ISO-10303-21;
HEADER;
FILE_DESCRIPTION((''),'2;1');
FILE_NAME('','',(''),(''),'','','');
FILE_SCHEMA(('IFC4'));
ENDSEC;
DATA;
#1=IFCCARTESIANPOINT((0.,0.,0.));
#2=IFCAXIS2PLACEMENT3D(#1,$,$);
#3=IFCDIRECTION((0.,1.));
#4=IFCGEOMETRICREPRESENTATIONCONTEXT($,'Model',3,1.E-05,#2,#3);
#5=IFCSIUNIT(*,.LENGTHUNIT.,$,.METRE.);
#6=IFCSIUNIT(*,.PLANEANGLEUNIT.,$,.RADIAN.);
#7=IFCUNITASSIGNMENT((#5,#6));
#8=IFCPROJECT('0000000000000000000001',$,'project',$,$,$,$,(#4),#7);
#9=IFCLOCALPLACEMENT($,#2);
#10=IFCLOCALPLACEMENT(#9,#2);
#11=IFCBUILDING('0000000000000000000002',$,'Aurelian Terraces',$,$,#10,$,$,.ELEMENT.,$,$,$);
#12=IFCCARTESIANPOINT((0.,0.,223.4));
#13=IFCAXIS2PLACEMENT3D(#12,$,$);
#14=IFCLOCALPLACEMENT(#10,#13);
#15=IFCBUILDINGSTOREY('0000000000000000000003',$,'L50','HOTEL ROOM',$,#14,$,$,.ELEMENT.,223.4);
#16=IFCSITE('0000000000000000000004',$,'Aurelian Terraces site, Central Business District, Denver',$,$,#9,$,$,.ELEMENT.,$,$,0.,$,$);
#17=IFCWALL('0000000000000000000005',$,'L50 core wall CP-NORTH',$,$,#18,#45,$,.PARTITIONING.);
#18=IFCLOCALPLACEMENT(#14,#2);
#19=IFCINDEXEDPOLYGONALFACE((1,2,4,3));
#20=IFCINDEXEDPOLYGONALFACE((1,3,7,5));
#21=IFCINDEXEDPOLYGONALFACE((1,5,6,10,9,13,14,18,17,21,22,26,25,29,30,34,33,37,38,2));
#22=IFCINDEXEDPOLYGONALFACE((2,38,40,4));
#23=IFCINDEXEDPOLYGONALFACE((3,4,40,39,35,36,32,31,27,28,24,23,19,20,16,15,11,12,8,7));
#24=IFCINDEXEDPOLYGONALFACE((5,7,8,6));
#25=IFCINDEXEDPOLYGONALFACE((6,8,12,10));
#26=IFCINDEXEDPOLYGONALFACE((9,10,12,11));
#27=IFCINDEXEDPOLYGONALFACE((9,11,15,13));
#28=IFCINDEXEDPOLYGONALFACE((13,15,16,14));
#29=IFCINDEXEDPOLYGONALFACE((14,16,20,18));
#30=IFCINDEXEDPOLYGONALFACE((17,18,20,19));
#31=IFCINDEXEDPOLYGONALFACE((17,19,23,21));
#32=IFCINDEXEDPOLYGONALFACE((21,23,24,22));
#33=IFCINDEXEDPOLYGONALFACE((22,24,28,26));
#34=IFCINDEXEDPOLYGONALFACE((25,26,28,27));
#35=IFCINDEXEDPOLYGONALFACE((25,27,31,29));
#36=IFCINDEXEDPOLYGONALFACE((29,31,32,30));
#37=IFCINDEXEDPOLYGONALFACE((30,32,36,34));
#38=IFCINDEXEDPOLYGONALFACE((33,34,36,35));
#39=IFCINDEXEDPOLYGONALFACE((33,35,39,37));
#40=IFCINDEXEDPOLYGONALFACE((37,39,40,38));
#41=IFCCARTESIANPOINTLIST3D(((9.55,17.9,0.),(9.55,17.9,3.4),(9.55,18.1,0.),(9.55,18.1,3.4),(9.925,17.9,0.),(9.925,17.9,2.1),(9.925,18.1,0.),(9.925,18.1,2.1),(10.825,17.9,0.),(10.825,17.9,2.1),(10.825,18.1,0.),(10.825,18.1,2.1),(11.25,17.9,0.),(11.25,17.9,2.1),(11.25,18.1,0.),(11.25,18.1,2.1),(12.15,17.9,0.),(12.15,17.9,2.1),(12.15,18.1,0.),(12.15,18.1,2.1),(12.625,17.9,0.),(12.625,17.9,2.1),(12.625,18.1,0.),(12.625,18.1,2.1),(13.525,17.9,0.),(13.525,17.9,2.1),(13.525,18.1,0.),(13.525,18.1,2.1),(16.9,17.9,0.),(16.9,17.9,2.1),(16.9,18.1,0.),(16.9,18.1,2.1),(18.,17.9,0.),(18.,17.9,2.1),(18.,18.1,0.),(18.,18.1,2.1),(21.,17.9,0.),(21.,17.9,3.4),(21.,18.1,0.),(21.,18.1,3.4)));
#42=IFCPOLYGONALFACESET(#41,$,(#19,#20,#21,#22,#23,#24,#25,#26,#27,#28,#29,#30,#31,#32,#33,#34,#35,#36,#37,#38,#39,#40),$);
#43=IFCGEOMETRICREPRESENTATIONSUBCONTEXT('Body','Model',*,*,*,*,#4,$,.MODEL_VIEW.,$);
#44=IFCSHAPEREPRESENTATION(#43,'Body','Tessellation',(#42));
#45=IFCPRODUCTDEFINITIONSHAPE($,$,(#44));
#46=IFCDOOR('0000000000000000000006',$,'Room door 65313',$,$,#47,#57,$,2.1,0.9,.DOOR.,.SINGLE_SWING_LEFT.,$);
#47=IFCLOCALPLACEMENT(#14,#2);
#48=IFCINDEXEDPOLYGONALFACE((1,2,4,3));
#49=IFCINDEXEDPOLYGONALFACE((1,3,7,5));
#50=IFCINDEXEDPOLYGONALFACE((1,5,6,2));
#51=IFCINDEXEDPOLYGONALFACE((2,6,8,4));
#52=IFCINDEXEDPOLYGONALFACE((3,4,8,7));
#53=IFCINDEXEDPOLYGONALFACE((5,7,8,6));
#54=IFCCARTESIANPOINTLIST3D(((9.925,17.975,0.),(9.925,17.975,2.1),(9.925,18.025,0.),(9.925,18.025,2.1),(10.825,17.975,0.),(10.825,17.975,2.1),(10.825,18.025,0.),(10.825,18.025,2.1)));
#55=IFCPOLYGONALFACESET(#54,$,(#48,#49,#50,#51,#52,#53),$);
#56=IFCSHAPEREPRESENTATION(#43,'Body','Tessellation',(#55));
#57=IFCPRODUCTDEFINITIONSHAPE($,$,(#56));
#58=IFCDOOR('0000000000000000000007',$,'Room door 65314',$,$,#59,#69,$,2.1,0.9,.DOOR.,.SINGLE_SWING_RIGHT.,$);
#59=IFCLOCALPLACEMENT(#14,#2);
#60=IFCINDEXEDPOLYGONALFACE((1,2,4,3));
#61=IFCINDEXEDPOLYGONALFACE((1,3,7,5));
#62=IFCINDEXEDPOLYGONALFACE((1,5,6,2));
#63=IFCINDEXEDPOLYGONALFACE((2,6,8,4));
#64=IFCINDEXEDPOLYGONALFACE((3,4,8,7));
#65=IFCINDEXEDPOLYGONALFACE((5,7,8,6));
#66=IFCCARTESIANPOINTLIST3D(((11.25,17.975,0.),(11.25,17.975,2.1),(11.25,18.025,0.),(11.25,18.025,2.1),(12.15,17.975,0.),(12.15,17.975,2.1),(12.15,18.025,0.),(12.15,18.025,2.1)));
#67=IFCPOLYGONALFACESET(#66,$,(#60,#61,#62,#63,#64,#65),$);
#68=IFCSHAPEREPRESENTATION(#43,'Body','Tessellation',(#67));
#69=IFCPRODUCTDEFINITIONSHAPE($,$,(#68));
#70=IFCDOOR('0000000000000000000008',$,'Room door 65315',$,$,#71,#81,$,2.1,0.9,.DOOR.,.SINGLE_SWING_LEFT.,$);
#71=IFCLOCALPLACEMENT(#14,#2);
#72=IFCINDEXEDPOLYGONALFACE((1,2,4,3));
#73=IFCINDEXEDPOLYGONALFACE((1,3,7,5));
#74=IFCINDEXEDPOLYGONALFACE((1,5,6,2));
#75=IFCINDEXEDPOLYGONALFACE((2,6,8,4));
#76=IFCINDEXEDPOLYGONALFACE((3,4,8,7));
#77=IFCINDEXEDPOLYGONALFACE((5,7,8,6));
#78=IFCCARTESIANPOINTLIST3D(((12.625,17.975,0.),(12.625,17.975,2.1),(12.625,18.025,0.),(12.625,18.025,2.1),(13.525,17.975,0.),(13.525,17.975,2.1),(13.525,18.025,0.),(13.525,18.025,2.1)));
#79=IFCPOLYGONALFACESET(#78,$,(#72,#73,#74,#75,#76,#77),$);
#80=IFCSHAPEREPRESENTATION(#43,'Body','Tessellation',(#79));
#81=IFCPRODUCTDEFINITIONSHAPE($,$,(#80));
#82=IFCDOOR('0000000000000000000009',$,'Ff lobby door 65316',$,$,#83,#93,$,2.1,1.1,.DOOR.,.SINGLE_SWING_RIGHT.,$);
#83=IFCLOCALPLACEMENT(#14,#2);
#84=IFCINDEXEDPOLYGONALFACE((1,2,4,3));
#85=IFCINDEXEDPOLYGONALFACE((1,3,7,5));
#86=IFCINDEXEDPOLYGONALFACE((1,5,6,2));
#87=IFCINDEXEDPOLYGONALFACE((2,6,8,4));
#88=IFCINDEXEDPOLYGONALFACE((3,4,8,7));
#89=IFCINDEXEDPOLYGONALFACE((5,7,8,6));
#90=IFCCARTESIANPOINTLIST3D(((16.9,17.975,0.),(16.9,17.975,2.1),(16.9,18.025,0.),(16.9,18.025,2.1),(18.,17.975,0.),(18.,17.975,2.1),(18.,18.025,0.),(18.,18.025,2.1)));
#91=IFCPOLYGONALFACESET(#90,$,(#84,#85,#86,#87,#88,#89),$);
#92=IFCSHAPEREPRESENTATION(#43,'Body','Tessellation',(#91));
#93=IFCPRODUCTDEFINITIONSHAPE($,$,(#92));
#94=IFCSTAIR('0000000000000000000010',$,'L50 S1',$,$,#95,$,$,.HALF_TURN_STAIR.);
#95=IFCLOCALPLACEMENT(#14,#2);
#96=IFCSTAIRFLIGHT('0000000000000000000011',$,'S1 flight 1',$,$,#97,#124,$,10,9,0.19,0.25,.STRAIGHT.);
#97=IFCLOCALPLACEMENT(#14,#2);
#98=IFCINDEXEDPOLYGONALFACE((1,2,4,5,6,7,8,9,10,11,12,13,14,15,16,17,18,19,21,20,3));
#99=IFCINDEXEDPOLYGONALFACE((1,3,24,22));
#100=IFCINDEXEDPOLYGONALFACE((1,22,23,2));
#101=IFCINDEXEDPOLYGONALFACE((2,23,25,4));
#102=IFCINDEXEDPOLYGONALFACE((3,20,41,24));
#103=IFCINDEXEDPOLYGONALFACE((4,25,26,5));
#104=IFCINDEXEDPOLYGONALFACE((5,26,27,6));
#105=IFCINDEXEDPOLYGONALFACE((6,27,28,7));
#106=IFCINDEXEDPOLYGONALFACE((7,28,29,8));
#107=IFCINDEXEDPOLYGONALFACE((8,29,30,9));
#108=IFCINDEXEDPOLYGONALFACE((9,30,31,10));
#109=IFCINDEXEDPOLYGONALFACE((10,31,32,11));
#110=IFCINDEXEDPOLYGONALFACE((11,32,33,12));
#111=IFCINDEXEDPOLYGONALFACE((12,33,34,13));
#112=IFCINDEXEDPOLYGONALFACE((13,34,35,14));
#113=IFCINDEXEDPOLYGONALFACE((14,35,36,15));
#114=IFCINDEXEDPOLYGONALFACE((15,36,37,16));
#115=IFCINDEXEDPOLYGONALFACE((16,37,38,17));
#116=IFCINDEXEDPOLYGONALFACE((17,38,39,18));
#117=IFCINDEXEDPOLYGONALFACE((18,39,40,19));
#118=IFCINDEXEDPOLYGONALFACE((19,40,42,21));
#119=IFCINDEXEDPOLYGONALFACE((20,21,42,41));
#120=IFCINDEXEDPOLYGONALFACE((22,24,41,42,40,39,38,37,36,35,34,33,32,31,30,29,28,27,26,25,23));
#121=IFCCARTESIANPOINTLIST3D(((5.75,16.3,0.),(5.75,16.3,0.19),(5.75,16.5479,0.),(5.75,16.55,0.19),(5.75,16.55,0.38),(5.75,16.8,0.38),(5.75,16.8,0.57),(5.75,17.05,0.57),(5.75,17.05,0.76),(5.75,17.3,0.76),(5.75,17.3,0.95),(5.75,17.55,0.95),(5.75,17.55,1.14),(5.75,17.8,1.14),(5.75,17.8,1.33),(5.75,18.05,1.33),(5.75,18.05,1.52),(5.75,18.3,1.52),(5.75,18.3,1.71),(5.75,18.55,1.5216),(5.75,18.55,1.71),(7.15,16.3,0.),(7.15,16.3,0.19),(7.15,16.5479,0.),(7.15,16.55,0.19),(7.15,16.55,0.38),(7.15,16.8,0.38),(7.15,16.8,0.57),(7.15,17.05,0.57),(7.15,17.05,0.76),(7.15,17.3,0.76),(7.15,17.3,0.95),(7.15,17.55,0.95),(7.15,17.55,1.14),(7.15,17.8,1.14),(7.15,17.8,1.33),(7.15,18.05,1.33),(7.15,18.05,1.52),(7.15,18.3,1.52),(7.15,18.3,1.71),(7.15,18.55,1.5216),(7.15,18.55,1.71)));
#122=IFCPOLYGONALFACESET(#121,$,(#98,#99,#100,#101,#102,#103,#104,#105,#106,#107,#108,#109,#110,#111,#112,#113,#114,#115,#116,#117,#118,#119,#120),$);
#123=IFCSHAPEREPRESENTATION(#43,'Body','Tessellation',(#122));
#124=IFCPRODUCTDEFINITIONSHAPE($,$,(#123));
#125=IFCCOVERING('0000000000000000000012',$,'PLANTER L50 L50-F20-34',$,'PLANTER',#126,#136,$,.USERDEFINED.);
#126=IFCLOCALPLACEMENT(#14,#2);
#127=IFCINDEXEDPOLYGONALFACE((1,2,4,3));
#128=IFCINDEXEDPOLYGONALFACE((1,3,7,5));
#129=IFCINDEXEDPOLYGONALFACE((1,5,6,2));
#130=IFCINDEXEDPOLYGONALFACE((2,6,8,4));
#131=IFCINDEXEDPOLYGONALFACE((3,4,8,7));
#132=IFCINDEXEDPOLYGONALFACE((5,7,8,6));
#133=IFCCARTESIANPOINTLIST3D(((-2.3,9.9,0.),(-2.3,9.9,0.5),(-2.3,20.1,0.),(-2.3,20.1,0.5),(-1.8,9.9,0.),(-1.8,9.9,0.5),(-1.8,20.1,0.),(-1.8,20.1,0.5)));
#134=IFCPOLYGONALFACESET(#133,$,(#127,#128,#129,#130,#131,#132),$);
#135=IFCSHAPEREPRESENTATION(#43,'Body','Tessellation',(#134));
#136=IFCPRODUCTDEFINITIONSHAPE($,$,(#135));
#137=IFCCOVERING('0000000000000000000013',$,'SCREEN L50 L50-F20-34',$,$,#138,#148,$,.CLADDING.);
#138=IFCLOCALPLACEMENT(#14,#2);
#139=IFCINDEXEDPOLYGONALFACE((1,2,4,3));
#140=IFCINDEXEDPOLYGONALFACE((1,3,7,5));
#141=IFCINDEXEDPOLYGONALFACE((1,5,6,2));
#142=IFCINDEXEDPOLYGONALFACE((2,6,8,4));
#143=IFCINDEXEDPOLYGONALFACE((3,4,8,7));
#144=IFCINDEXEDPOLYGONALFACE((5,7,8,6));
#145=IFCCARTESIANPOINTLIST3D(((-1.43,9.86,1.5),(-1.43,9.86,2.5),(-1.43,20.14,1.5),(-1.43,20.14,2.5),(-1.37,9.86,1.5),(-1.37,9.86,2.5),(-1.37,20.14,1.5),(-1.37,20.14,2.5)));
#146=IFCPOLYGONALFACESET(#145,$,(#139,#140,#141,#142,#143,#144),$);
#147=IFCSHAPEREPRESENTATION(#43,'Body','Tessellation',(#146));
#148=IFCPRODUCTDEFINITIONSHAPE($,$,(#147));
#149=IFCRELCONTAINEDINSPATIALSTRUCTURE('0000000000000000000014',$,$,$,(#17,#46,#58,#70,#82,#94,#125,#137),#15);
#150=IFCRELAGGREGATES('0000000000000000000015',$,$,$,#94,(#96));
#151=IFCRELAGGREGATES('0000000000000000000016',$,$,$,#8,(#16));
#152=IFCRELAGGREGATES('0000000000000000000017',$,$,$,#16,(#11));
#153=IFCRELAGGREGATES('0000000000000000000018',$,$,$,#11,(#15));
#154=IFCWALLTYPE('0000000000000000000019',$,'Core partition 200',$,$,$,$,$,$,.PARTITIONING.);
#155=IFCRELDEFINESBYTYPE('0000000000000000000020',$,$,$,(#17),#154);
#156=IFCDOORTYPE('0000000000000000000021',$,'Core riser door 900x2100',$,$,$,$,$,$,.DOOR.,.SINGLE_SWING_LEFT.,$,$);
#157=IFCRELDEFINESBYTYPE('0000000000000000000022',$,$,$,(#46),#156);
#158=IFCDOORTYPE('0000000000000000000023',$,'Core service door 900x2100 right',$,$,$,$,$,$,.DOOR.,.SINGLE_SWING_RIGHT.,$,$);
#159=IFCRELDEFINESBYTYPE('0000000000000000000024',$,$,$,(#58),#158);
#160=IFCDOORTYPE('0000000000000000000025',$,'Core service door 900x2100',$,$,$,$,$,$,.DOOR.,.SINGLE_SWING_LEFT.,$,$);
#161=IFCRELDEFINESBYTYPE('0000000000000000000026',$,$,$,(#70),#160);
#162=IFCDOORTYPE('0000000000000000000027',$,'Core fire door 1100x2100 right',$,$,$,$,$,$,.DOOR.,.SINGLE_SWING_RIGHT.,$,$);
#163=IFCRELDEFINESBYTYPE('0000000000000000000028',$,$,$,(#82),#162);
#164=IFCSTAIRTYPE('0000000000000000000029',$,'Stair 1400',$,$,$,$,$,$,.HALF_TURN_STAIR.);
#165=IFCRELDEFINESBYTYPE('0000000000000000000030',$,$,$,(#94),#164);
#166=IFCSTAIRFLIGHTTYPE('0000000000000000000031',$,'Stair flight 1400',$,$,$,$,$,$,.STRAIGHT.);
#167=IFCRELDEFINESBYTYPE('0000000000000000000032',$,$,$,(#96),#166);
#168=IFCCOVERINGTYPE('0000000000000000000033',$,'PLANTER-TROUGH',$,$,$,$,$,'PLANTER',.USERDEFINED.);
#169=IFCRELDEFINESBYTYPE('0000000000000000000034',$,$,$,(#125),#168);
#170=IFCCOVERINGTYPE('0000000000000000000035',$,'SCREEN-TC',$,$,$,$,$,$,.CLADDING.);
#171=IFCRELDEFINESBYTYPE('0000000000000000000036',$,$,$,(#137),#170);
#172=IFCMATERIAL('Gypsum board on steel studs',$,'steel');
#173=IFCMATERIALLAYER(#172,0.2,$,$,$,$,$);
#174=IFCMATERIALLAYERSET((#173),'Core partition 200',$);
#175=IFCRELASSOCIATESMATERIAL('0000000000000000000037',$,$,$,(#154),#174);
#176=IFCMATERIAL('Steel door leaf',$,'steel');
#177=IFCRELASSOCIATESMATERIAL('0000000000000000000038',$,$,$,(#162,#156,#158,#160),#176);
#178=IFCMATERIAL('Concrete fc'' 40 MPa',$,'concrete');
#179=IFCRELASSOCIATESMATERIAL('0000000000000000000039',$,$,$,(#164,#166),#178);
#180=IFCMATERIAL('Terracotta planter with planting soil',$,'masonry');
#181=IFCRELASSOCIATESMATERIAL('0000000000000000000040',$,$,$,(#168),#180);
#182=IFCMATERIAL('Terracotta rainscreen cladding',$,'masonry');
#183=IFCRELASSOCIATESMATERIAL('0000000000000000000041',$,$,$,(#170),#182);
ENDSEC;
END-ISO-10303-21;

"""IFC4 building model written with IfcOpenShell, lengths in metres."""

from ifc_helpers import new_model, si_unit, direction, frame, frame_2d, origin, origin_2d, place, context, subcontext, project, spatial, polyline, rectangle, outline, extrude, source, transform, mapped, material, layer, layer_set, type_object, element, fill, aggregate, save


model = new_model("IFC4")

# Units and contexts
model_context = context("Model", 3, precision=1e-05, world=origin(), true_north=direction((0.0, 1.0)))
body_context = subcontext(model_context, "Body", "Model", "MODEL_VIEW")
ifc_project = project(units=[si_unit("LENGTHUNIT", "METRE"), si_unit("PLANEANGLEUNIT", "RADIAN")], contexts=[model_context])

# Site, building, storey
site_placement = place(None, origin())
site = spatial("IfcSite", under=ifc_project, at=site_placement, Name="Aurelian Terraces site, Central Business District, Denver", CompositionType="ELEMENT", RefElevation=0.0)
building_placement = place(site_placement, origin())
building = spatial("IfcBuilding", under=site, at=building_placement, Name="Aurelian Terraces", CompositionType="ELEMENT")
storey_placement = place(building_placement, frame((0.0, 0.0, 223.4)))
storey = spatial("IfcBuildingStorey", under=building, at=storey_placement, Name="L50", Description="HOTEL ROOM", CompositionType="ELEMENT", Elevation=223.4)

# Shared definitions
ifc_material_1 = material(Name="Concrete fc' 40 MPa", Category="concrete")
shared_shape_1 = source(origin(), body_context, "Body", "SweptSolid", [
    extrude(rectangle(XDim=1.1, YDim=2.1, at=frame_2d((0.55, 1.05))), frame((0.0, 0.11, 0.0), z_axis=(0.0, -1.0, 0.0), x_axis=(1.0, 0.0, 0.0)), (0.0, 0.0, 1.0), 0.22),
])
shared_shape_2 = source(origin(), body_context, "Body", "SweptSolid", [
    extrude(rectangle(XDim=1.1, YDim=2.1, at=frame_2d((0.55, 1.05))), frame((0.0, 0.025, 0.0), z_axis=(0.0, -1.0, 0.0), x_axis=(1.0, 0.0, 0.0)), (0.0, 0.0, 1.0), 0.05),
])

# Shared definitions
ifc_material_2 = material(Name="Gypsum board on steel studs", Category="steel")
ifc_layer_1 = layer(ifc_material_2, 0.2)
ifc_layer_set_1 = layer_set([ifc_layer_1], Name="Core partition 200")
wall_type_1 = type_object("IfcWallType", Name="Core partition 200", PredefinedType="PARTITIONING", material=ifc_layer_set_1)

# Shared definitions
ifc_material_3 = material(Name="Steel door leaf", Category="steel")
door_type_1 = type_object("IfcDoorType", Name="Core fire door 1100x2100 right", OperationType="SINGLE_SWING_RIGHT", PredefinedType="DOOR", material=ifc_material_3)

# Wall, openings, doors
shared_shape_3 = source(origin(), body_context, "Body", "SweptSolid", [
    extrude(rectangle(XDim=11.45, YDim=0.2, at=frame_2d((5.725, 0.0))), origin(), (0.0, 0.0, 1.0), 3.4),
])
wall_1_placement = place(storey_placement, frame((9.55, 18.0, 0.0), z_axis=(0.0, 0.0, 1.0), x_axis=(1.0, 0.0, 0.0)))
wall_1 = element("IfcWall", 1, at=wall_1_placement, inside=storey, type_object=wall_type_1, Name="L50 core wall CP-NORTH", PredefinedType="PARTITIONING", context=body_context, shape_type="MappedRepresentation", body=[
    mapped(shared_shape_3, transform((0.0, 0.0, 0.0), scale=1.0)),
])
shared_shape_4 = source(origin(), body_context, "Body", "SweptSolid", [
    extrude(rectangle(XDim=0.9, YDim=2.1, at=frame_2d((0.45, 1.05))), frame((0.0, 0.11, 0.0), z_axis=(0.0, -1.0, 0.0), x_axis=(1.0, 0.0, 0.0)), (0.0, 0.0, 1.0), 0.22),
])
opening_1_placement = place(wall_1_placement, frame((0.375, 0.0, 0.0)))
opening_1 = element("IfcOpeningElement", 2, at=opening_1_placement, cuts=wall_1, PredefinedType="OPENING", context=body_context, shape_type="MappedRepresentation", body=[
    mapped(shared_shape_4, transform((0.0, 0.0, 0.0), scale=1.0)),
])
opening_2_placement = place(wall_1_placement, frame((1.7, 0.0, 0.0)))
opening_2 = element("IfcOpeningElement", 3, at=opening_2_placement, cuts=wall_1, PredefinedType="OPENING", context=body_context, shape_type="MappedRepresentation", body=[
    mapped(shared_shape_4, transform((0.0, 0.0, 0.0), scale=1.0)),
])
opening_3_placement = place(wall_1_placement, frame((3.075, 0.0, 0.0)))
opening_3 = element("IfcOpeningElement", 4, at=opening_3_placement, cuts=wall_1, PredefinedType="OPENING", context=body_context, shape_type="MappedRepresentation", body=[
    mapped(shared_shape_4, transform((0.0, 0.0, 0.0), scale=1.0)),
])
opening_4_placement = place(wall_1_placement, frame((7.35, 0.0, 0.0)))
opening_4 = element("IfcOpeningElement", 5, at=opening_4_placement, cuts=wall_1, PredefinedType="OPENING", context=body_context, shape_type="MappedRepresentation", body=[
    mapped(shared_shape_1, transform((0.0, 0.0, 0.0), scale=1.0)),
])
door_type_2 = type_object("IfcDoorType", Name="Core riser door 900x2100", OperationType="SINGLE_SWING_LEFT", PredefinedType="DOOR", material=ifc_material_3)
shared_shape_5 = source(origin(), body_context, "Body", "SweptSolid", [
    extrude(rectangle(XDim=0.9, YDim=2.1, at=frame_2d((0.45, 1.05))), frame((0.0, 0.025, 0.0), z_axis=(0.0, -1.0, 0.0), x_axis=(1.0, 0.0, 0.0)), (0.0, 0.0, 1.0), 0.05),
])
door_1_placement = place(opening_1_placement, origin())
door_1 = element("IfcDoor", 6, at=door_1_placement, inside=storey, type_object=door_type_2, Name="Room door 65313", OperationType="SINGLE_SWING_LEFT", OverallHeight=2.1, OverallWidth=0.9, PredefinedType="DOOR", context=body_context, shape_type="MappedRepresentation", body=[
    mapped(shared_shape_5, transform((0.0, 0.0, 0.0), scale=1.0)),
])
fill(opening_1, door_1)
door_type_3 = type_object("IfcDoorType", Name="Core service door 900x2100 right", OperationType="SINGLE_SWING_RIGHT", PredefinedType="DOOR", material=ifc_material_3)
door_2_placement = place(opening_2_placement, origin())
door_2 = element("IfcDoor", 7, at=door_2_placement, inside=storey, type_object=door_type_3, Name="Room door 65314", OperationType="SINGLE_SWING_RIGHT", OverallHeight=2.1, OverallWidth=0.9, PredefinedType="DOOR", context=body_context, shape_type="MappedRepresentation", body=[
    mapped(shared_shape_5, transform((0.0, 0.0, 0.0), scale=1.0)),
])
fill(opening_2, door_2)
door_type_4 = type_object("IfcDoorType", Name="Core service door 900x2100", OperationType="SINGLE_SWING_LEFT", PredefinedType="DOOR", material=ifc_material_3)
door_3_placement = place(opening_3_placement, origin())
door_3 = element("IfcDoor", 8, at=door_3_placement, inside=storey, type_object=door_type_4, Name="Room door 65315", OperationType="SINGLE_SWING_LEFT", OverallHeight=2.1, OverallWidth=0.9, PredefinedType="DOOR", context=body_context, shape_type="MappedRepresentation", body=[
    mapped(shared_shape_5, transform((0.0, 0.0, 0.0), scale=1.0)),
])
fill(opening_3, door_3)
door_4_placement = place(opening_4_placement, origin())
door_4 = element("IfcDoor", 9, at=door_4_placement, inside=storey, type_object=door_type_1, Name="Ff lobby door 65316", OperationType="SINGLE_SWING_RIGHT", OverallHeight=2.1, OverallWidth=1.1, PredefinedType="DOOR", context=body_context, shape_type="MappedRepresentation", body=[
    mapped(shared_shape_2, transform((0.0, 0.0, 0.0), scale=1.0)),
])
fill(opening_4, door_4)

# Stair, stair flight
stair_type = type_object("IfcStairType", Name="Stair 1400", PredefinedType="HALF_TURN_STAIR", material=ifc_material_1)
stair_placement = place(storey_placement, origin())
stair = element("IfcStair", 10, at=stair_placement, inside=storey, type_object=stair_type, Name="L50 S1", PredefinedType="HALF_TURN_STAIR")
stair_flight_type = type_object("IfcStairFlightType", Name="Stair flight 1400", PredefinedType="STRAIGHT", material=ifc_material_1)
shared_shape_6 = source(origin(), body_context, "Body", "SweptSolid", [
    extrude(outline(polyline([(0.0, 0.0), (0.0, 0.19), (0.25, 0.19), (0.25, 0.38), (0.5, 0.38), (0.5, 0.57), (0.75, 0.57), (0.75, 0.76), (1.0, 0.76), (1.0, 0.95), (1.25, 0.95), (1.25, 1.14), (1.5, 1.14), (1.5, 1.33), (1.75, 1.33), (1.75, 1.52), (2.0, 1.52), (2.0, 1.71), (2.25, 1.71), (2.25, 1.9), (2.25, 1.5216), (0.2479, 0.0), (0.0, 0.0)])), frame((0.0, 0.7, 0.0), z_axis=(0.0, -1.0, 0.0), x_axis=(1.0, 0.0, 0.0)), (0.0, 0.0, 1.0), 1.4),
])
stair_flight_placement = place(storey_placement, frame((6.45, 16.3, 0.0), z_axis=(0.0, 0.0, 1.0), x_axis=(0.0, 1.0, 0.0)))
stair_flight = element("IfcStairFlight", 11, at=stair_flight_placement, type_object=stair_flight_type, Name="S1 flight 1", NumberOfRisers=10, NumberOfTreads=9, PredefinedType="STRAIGHT", RiserHeight=0.19, TreadLength=0.25, context=body_context, shape_type="MappedRepresentation", body=[
    mapped(shared_shape_6, transform((0.0, 0.0, 0.0), scale=1.0)),
])
aggregate(stair, [stair_flight])

# Coverings
ifc_material_4 = material(Name="Terracotta planter with planting soil", Category="masonry")
covering_type_1 = type_object("IfcCoveringType", Name="PLANTER-TROUGH", ElementType="PLANTER", PredefinedType="USERDEFINED", material=ifc_material_4)
shared_shape_7 = source(origin(), body_context, "Body", "SweptSolid", [
    extrude(rectangle(XDim=0.5, YDim=10.2, at=origin_2d()), origin(), (0.0, 0.0, 1.0), 0.5),
])
covering_1_placement = place(storey_placement, frame((-2.05, 15.0, 0.0), z_axis=(0.0, 0.0, 1.0), x_axis=(1.0, 0.0, 0.0)))
element("IfcCovering", 12, at=covering_1_placement, inside=storey, type_object=covering_type_1, Name="PLANTER L50 L50-F20-34", ObjectType="PLANTER", PredefinedType="USERDEFINED", context=body_context, shape_type="MappedRepresentation", body=[
    mapped(shared_shape_7, transform((0.0, 0.0, 0.0), scale=1.0)),
])
ifc_material_5 = material(Name="Terracotta rainscreen cladding", Category="masonry")
covering_type_2 = type_object("IfcCoveringType", Name="SCREEN-TC", PredefinedType="CLADDING", material=ifc_material_5)
shared_shape_8 = source(origin(), body_context, "Body", "SweptSolid", [
    extrude(rectangle(XDim=0.06, YDim=10.28, at=origin_2d()), origin(), (0.0, 0.0, 1.0), 1.0),
])
covering_2_placement = place(storey_placement, frame((-1.4, 15.0, 1.5), z_axis=(0.0, 0.0, 1.0), x_axis=(1.0, 0.0, 0.0)))
element("IfcCovering", 13, at=covering_2_placement, inside=storey, type_object=covering_type_2, Name="SCREEN L50 L50-F20-34", PredefinedType="CLADDING", context=body_context, shape_type="MappedRepresentation", body=[
    mapped(shared_shape_8, transform((0.0, 0.0, 0.0), scale=1.0)),
])

save(model, "model.ifc")
